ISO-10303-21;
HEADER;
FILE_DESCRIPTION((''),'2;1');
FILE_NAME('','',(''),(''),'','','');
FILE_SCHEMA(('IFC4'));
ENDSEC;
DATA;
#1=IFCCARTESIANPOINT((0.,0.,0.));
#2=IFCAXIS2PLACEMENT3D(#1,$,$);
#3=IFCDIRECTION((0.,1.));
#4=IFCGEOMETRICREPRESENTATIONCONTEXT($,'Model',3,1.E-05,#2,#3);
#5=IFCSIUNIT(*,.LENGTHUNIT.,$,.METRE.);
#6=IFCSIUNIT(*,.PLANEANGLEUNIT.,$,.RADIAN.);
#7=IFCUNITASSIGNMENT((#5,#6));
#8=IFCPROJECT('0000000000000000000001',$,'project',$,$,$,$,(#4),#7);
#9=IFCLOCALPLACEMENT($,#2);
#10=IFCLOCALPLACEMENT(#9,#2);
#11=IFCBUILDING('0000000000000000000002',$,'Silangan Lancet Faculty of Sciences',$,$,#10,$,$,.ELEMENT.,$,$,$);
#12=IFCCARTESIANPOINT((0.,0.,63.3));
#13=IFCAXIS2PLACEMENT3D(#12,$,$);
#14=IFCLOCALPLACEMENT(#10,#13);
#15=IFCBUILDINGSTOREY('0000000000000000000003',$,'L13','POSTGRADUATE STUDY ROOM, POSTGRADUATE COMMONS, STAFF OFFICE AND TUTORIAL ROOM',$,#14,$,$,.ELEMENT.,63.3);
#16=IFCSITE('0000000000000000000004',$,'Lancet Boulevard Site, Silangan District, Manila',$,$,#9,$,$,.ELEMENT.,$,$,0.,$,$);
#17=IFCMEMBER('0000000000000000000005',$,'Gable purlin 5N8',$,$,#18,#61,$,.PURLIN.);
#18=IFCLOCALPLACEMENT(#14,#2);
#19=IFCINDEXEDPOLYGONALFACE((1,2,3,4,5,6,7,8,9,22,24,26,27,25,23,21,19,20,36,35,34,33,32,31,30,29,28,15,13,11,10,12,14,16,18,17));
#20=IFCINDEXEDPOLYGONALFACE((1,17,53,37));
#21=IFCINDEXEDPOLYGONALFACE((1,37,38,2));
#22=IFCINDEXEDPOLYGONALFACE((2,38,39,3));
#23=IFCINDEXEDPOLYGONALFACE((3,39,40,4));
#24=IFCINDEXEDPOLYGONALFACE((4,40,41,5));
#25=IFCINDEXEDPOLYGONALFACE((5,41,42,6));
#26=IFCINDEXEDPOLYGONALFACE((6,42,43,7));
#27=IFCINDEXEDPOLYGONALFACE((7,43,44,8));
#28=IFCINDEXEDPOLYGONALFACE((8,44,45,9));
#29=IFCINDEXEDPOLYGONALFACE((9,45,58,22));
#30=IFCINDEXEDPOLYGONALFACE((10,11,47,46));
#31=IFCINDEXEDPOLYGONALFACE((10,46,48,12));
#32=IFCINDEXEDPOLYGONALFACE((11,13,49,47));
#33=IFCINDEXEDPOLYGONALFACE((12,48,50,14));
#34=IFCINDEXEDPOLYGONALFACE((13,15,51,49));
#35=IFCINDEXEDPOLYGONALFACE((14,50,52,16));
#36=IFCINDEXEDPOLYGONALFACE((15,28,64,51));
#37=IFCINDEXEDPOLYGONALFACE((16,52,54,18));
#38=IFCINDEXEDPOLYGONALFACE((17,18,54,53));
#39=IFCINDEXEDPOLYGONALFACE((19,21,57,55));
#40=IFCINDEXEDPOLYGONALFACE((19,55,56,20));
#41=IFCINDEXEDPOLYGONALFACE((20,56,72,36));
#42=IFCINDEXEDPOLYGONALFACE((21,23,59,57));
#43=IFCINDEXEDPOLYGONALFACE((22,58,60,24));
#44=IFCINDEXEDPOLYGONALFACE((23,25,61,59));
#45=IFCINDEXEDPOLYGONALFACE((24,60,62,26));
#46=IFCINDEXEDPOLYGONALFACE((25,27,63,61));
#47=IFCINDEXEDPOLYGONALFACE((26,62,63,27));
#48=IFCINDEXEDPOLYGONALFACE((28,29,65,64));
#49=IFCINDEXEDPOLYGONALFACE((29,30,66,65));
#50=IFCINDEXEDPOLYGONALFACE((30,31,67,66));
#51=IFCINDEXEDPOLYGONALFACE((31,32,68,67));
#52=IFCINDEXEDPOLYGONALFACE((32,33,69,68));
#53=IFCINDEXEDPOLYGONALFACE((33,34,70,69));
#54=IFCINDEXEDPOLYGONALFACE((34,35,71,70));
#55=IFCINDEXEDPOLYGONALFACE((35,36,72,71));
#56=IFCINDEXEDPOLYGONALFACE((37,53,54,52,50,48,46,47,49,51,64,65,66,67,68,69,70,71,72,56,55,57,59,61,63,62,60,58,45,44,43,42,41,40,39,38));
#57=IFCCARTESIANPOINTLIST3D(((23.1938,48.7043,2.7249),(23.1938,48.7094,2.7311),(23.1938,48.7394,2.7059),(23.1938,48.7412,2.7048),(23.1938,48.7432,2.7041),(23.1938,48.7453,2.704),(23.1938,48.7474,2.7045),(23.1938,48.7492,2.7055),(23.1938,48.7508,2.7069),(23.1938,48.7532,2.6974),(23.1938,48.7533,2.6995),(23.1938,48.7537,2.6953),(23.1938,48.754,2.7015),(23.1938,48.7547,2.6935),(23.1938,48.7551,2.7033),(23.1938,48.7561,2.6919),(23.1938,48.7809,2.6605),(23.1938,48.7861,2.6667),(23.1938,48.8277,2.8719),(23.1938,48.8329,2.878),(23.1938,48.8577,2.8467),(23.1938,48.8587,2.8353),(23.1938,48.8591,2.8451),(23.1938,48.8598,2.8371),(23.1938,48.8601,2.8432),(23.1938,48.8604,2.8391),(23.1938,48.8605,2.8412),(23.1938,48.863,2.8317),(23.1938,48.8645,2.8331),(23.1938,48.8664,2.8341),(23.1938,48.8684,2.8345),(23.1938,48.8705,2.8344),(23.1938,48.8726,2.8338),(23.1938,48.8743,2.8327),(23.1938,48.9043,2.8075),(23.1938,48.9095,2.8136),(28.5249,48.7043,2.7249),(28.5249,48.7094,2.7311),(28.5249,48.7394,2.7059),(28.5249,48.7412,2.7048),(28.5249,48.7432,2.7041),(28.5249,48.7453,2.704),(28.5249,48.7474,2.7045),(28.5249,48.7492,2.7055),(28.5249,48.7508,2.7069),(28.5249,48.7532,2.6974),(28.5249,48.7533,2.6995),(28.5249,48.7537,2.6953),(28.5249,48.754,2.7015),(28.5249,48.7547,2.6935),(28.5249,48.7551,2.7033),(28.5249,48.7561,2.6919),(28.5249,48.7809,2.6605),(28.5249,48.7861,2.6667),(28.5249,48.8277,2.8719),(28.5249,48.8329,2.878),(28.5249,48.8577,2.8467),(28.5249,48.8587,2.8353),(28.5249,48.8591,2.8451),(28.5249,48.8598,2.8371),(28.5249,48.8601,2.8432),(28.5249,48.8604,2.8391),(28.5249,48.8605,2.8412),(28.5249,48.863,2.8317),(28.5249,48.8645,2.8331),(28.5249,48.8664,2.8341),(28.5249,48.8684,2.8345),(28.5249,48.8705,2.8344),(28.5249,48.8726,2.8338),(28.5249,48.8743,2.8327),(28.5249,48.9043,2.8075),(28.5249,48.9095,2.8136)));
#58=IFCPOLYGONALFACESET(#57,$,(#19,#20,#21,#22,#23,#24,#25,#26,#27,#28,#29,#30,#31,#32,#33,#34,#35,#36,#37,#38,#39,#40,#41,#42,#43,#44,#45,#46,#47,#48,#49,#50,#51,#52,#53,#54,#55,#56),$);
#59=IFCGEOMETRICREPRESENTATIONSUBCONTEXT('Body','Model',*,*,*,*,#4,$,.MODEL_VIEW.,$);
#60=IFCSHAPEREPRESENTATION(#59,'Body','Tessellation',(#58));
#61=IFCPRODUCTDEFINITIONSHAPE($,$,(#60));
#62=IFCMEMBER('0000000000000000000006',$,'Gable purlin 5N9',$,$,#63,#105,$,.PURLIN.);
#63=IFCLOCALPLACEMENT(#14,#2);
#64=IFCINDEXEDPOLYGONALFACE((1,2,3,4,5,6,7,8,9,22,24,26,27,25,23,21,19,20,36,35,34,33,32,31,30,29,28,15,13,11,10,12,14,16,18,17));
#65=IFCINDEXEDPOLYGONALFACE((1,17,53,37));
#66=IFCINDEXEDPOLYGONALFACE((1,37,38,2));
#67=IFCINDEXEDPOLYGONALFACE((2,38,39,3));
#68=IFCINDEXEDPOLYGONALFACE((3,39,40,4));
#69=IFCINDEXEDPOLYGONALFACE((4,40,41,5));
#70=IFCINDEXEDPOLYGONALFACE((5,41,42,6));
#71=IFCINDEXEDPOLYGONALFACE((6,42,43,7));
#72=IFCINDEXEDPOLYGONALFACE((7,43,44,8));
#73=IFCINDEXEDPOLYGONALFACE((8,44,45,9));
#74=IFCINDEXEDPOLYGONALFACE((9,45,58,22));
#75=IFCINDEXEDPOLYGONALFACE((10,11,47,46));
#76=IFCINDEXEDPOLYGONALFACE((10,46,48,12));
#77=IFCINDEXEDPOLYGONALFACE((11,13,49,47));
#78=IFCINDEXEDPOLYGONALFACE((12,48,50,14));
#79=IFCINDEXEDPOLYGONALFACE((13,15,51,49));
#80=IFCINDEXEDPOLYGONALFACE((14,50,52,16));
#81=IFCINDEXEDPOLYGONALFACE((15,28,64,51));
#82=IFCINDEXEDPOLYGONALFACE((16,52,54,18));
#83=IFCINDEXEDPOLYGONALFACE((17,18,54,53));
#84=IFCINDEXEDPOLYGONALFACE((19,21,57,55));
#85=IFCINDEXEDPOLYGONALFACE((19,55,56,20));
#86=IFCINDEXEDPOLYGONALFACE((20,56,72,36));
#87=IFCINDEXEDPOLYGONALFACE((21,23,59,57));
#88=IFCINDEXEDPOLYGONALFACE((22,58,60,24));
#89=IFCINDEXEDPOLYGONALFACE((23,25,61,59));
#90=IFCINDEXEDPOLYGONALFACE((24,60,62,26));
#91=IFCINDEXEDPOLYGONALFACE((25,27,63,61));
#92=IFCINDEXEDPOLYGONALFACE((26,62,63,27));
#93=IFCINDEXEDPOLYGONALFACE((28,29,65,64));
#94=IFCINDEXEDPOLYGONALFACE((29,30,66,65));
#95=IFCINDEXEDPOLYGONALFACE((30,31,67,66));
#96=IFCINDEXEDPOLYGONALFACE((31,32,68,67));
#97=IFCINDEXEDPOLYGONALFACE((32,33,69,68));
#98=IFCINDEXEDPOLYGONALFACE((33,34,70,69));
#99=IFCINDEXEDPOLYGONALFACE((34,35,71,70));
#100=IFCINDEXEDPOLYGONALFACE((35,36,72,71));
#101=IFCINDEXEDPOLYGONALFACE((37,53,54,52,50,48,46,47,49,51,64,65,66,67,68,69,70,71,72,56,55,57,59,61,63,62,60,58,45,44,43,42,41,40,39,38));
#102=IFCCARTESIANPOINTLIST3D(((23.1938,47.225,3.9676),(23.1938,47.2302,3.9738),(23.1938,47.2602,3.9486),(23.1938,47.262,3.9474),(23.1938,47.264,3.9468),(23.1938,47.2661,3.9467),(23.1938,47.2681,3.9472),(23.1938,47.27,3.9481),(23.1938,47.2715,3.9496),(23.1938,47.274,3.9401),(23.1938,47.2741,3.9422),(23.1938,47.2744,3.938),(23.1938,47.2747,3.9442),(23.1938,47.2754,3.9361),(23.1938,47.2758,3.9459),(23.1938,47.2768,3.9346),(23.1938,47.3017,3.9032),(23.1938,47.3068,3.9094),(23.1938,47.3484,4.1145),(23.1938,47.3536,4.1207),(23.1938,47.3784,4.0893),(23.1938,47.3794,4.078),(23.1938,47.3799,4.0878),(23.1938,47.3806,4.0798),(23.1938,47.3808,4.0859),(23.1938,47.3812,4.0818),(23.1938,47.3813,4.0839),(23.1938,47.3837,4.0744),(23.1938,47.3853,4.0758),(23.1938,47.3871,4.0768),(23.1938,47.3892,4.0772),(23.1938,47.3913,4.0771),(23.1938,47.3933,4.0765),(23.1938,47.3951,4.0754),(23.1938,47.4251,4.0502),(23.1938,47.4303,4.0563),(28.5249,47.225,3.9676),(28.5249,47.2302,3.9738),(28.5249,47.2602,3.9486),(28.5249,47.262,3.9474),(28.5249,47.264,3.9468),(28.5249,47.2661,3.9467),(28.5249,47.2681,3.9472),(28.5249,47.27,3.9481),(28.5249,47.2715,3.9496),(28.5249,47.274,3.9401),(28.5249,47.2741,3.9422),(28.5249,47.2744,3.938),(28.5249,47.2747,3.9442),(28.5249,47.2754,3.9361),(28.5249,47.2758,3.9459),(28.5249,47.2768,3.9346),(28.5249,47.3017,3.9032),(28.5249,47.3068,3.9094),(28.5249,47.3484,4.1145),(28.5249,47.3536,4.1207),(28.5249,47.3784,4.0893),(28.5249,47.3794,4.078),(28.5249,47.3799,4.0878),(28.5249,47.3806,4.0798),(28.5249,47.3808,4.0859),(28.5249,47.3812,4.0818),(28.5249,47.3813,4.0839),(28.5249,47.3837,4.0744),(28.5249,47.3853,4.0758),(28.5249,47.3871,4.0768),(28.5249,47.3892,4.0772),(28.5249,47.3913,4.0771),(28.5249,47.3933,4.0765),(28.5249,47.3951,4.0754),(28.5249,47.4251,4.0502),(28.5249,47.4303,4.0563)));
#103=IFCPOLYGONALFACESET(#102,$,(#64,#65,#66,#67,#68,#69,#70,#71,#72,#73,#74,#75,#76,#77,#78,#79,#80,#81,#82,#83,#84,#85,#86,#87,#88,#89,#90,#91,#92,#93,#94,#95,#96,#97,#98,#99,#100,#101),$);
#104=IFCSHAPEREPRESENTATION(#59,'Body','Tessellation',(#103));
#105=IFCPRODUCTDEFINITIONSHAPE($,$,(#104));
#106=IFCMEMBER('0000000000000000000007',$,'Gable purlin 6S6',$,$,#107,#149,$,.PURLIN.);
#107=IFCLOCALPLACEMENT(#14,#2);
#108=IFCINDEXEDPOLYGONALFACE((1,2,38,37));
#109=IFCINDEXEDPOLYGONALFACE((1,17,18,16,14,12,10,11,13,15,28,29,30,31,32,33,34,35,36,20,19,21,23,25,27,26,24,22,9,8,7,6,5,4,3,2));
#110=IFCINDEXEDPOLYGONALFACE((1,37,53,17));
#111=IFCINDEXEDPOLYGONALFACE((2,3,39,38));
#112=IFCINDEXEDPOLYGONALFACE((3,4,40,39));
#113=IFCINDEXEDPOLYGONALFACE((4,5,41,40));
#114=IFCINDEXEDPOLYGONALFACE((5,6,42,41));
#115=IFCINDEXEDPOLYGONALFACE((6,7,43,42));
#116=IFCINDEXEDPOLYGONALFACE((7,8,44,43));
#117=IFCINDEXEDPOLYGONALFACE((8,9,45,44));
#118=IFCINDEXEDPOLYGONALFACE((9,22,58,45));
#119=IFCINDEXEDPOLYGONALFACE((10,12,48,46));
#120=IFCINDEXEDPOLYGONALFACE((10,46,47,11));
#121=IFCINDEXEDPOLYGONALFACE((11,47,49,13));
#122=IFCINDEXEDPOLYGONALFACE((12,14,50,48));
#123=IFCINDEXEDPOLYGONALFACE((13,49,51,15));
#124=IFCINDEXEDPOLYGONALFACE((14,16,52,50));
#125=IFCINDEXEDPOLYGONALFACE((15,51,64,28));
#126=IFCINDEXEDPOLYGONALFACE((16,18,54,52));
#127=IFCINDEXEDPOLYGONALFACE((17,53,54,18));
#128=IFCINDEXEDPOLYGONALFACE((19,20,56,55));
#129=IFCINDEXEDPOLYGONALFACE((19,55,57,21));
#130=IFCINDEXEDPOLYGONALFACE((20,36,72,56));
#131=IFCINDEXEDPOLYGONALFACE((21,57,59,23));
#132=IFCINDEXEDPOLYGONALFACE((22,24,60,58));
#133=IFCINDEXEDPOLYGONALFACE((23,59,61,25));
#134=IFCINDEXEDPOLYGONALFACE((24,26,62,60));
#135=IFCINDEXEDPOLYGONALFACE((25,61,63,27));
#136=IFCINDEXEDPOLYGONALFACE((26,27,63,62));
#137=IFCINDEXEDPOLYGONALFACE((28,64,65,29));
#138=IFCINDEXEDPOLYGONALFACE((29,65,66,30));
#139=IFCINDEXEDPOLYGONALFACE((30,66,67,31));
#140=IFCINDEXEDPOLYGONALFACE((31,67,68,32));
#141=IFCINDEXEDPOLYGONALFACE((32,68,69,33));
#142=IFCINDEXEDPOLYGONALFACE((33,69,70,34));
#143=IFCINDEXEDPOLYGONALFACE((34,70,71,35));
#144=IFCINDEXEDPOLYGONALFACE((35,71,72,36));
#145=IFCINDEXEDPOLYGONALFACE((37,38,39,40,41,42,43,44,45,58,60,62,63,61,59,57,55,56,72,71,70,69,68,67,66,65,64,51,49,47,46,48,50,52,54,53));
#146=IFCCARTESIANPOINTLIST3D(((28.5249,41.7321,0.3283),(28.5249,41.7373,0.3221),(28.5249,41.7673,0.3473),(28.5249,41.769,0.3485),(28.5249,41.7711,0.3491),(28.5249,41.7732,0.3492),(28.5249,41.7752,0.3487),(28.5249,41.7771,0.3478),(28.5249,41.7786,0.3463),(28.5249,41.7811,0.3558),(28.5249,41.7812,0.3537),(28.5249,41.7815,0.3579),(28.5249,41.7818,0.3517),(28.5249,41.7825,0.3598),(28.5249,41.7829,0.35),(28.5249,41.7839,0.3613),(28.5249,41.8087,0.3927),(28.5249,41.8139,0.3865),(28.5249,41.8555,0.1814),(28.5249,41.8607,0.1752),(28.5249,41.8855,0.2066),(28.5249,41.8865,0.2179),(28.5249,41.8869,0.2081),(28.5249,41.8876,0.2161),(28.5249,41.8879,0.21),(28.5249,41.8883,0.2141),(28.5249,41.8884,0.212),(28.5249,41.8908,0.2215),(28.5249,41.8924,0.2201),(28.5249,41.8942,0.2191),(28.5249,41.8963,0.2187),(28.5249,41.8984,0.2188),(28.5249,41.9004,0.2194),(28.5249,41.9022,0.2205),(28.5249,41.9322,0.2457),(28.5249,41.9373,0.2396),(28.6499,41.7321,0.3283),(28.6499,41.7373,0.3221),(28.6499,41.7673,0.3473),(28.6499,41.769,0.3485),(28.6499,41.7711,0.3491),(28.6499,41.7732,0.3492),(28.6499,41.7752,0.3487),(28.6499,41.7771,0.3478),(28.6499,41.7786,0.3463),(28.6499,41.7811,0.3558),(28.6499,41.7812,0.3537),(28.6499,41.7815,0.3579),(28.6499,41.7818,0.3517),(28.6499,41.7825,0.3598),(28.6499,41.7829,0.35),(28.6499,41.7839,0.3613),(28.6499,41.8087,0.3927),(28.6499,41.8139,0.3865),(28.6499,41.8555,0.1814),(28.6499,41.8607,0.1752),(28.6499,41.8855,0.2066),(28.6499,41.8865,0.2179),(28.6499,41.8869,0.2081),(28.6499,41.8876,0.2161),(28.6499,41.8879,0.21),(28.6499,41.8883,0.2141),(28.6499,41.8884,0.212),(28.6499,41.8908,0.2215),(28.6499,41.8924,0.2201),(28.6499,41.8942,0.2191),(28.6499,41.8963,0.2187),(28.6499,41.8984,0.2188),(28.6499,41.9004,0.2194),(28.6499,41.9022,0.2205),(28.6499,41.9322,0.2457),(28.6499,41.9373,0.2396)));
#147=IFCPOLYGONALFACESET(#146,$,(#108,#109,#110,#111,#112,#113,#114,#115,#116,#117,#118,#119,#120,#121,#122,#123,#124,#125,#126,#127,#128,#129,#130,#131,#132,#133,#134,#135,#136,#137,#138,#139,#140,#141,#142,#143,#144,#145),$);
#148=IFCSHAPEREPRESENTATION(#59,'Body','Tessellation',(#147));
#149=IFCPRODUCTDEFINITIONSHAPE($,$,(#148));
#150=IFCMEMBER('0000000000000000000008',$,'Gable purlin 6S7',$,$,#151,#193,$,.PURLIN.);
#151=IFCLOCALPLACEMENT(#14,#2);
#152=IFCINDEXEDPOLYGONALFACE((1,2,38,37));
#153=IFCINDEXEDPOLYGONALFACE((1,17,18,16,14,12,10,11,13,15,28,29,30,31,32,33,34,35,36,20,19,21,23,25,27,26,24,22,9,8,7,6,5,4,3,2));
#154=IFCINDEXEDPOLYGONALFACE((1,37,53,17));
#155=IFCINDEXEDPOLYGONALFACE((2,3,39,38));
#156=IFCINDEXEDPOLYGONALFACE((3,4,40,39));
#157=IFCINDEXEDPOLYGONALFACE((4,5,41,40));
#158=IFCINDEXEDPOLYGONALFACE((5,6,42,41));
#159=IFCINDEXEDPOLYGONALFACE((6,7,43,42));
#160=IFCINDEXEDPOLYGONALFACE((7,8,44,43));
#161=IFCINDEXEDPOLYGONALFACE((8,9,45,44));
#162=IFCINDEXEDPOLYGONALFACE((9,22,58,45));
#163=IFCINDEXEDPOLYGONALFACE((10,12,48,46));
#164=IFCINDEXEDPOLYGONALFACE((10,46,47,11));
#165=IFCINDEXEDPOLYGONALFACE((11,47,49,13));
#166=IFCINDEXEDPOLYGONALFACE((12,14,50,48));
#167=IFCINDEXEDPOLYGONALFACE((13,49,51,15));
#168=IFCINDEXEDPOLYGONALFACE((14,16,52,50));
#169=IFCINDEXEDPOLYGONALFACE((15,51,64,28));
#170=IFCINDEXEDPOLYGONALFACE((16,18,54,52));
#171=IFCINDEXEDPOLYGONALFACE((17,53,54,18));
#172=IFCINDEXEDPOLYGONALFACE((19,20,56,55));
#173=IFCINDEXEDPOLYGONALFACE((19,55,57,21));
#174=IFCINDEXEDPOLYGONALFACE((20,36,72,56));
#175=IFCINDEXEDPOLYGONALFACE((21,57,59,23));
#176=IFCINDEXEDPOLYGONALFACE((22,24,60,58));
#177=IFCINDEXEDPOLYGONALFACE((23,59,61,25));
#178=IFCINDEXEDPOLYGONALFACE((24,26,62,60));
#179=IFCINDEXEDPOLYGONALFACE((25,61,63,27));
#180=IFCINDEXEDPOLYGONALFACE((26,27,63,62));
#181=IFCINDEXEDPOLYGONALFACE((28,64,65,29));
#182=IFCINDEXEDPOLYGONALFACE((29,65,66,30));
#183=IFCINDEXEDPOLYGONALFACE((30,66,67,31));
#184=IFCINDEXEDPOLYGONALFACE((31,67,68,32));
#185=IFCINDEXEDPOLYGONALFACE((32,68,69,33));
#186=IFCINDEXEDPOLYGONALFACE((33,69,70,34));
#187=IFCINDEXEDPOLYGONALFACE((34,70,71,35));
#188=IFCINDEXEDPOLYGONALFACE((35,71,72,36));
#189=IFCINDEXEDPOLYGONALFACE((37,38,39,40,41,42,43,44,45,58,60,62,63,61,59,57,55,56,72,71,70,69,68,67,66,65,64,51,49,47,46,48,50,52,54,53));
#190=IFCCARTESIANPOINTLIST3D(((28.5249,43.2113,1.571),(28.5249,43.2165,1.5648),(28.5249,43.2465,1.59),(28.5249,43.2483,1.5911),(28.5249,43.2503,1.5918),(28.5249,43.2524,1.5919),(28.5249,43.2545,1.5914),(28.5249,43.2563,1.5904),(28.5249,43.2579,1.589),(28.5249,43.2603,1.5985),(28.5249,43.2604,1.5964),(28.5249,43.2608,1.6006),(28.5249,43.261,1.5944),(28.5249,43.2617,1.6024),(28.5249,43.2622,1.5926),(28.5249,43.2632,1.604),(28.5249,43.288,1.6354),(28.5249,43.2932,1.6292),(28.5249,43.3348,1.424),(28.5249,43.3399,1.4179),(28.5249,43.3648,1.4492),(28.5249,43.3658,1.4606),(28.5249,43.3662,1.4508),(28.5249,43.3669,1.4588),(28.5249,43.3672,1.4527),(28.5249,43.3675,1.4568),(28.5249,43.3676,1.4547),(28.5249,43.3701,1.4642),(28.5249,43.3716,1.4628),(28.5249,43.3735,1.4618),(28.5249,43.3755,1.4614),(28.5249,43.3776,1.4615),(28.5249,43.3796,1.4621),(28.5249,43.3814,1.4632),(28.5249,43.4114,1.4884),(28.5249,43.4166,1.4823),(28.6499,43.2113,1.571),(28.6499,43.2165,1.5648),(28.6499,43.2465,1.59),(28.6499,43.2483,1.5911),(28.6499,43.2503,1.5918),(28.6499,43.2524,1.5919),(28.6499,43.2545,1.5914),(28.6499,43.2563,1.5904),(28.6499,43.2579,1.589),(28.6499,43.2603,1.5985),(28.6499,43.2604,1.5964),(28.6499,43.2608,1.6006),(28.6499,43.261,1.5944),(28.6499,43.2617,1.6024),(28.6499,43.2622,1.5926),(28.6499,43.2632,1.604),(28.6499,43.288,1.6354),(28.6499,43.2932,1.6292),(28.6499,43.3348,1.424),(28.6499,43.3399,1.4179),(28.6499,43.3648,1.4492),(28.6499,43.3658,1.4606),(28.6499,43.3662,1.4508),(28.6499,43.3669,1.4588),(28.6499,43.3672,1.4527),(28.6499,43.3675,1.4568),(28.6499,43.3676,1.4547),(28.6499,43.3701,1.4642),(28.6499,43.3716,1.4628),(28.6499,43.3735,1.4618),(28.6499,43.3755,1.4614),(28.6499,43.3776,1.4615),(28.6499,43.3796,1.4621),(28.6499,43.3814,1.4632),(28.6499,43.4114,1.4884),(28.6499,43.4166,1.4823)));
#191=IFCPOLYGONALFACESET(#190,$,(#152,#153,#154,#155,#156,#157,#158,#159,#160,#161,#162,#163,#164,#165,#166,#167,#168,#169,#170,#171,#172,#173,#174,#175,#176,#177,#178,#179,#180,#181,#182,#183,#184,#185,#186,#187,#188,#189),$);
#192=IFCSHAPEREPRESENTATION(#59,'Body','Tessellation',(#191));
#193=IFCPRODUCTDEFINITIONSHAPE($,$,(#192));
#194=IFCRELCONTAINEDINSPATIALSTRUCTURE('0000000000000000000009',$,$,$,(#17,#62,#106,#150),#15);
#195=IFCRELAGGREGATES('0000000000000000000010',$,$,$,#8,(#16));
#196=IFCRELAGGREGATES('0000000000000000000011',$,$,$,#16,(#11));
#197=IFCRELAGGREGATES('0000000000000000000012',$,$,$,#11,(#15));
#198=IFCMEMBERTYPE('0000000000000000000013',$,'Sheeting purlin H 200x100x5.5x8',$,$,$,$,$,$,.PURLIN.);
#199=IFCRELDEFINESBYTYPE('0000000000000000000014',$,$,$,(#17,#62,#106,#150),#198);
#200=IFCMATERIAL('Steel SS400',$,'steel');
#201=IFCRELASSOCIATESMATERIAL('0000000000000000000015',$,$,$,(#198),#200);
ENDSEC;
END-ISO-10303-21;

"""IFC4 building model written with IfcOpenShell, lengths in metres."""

from ifc_helpers import new_model, si_unit, direction, frame, origin, origin_2d, place, context, subcontext, project, spatial, i_section, extrude, material, material_profile, profile_set, type_object, element, save


model = new_model("IFC4")

# Units and contexts
model_context = context("Model", 3, precision=1e-05, world=origin(), true_north=direction((0.0, 1.0)))
body_context = subcontext(model_context, "Body", "Model", "MODEL_VIEW")
ifc_project = project(units=[si_unit("LENGTHUNIT", "METRE"), si_unit("PLANEANGLEUNIT", "RADIAN")], contexts=[model_context])

# Site, building, storey
site_placement = place(None, origin())
site = spatial("IfcSite", under=ifc_project, at=site_placement, Name="Lancet Boulevard Site, Silangan District, Manila", CompositionType="ELEMENT", RefElevation=0.0)
building_placement = place(site_placement, origin())
building = spatial("IfcBuilding", under=site, at=building_placement, Name="Silangan Lancet Faculty of Sciences", CompositionType="ELEMENT")
storey_placement = place(building_placement, frame((0.0, 0.0, 63.3)))
storey = spatial("IfcBuildingStorey", under=building, at=storey_placement, Name="L13", Description="POSTGRADUATE STUDY ROOM, POSTGRADUATE COMMONS, STAFF OFFICE AND TUTORIAL ROOM", CompositionType="ELEMENT", Elevation=63.3)

# Members
ifc_material = material(Name="Steel SS400", Category="steel")
ifc_material_profile = material_profile(ifc_material, i_section(OverallWidth=0.1001, OverallDepth=0.2, WebThickness=0.0056, FlangeThickness=0.0081, FilletRadius=0.0081, at=origin_2d()), Name="H 200x100x5.5x8")
ifc_profile_set = profile_set([ifc_material_profile], Name="Steel SS400")
member_type = type_object("IfcMemberType", Name="Sheeting purlin H 200x100x5.5x8", PredefinedType="PURLIN", material=ifc_profile_set)
for number, where, z_axis, x_axis, name in (
    (1, (23.1938, 48.8069, 2.7693), (1.0, 0.0, 0.0), (0.0, 0.765705, -0.643192), "Gable purlin 5N8"),
    (2, (23.1938, 47.3276, 4.012), (1.0, 0.0, 0.0), (0.0, 0.765705, -0.643192), "Gable purlin 5N9"),
):
    element("IfcMember", number, at=place(storey_placement, frame(where, z_axis=z_axis, x_axis=x_axis)), inside=storey, type_object=member_type, Name=name, PredefinedType="PURLIN", context=body_context, shape_type="SweptSolid", body=[
        extrude(i_section(OverallWidth=0.1001, OverallDepth=0.2, WebThickness=0.0056, FlangeThickness=0.0081, FilletRadius=0.0081, at=origin_2d()), origin(), (0.0, 0.0, 1.0), 5.3311),
    ])
for number, where, z_axis, x_axis, name in (
    (3, (28.5249, 41.8347, 0.2839), (1.0, 0.0, 0.0), (0.0, 0.765705, 0.643192), "Gable purlin 6S6"),
    (4, (28.5249, 43.314, 1.5266), (1.0, 0.0, 0.0), (0.0, 0.765705, 0.643192), "Gable purlin 6S7"),
):
    element("IfcMember", number, at=place(storey_placement, frame(where, z_axis=z_axis, x_axis=x_axis)), inside=storey, type_object=member_type, Name=name, PredefinedType="PURLIN", context=body_context, shape_type="SweptSolid", body=[
        extrude(i_section(OverallWidth=0.1001, OverallDepth=0.2, WebThickness=0.0056, FlangeThickness=0.0081, FilletRadius=0.0081, at=origin_2d()), origin(), (0.0, 0.0, 1.0), 0.125),
    ])

save(model, "model.ifc")
